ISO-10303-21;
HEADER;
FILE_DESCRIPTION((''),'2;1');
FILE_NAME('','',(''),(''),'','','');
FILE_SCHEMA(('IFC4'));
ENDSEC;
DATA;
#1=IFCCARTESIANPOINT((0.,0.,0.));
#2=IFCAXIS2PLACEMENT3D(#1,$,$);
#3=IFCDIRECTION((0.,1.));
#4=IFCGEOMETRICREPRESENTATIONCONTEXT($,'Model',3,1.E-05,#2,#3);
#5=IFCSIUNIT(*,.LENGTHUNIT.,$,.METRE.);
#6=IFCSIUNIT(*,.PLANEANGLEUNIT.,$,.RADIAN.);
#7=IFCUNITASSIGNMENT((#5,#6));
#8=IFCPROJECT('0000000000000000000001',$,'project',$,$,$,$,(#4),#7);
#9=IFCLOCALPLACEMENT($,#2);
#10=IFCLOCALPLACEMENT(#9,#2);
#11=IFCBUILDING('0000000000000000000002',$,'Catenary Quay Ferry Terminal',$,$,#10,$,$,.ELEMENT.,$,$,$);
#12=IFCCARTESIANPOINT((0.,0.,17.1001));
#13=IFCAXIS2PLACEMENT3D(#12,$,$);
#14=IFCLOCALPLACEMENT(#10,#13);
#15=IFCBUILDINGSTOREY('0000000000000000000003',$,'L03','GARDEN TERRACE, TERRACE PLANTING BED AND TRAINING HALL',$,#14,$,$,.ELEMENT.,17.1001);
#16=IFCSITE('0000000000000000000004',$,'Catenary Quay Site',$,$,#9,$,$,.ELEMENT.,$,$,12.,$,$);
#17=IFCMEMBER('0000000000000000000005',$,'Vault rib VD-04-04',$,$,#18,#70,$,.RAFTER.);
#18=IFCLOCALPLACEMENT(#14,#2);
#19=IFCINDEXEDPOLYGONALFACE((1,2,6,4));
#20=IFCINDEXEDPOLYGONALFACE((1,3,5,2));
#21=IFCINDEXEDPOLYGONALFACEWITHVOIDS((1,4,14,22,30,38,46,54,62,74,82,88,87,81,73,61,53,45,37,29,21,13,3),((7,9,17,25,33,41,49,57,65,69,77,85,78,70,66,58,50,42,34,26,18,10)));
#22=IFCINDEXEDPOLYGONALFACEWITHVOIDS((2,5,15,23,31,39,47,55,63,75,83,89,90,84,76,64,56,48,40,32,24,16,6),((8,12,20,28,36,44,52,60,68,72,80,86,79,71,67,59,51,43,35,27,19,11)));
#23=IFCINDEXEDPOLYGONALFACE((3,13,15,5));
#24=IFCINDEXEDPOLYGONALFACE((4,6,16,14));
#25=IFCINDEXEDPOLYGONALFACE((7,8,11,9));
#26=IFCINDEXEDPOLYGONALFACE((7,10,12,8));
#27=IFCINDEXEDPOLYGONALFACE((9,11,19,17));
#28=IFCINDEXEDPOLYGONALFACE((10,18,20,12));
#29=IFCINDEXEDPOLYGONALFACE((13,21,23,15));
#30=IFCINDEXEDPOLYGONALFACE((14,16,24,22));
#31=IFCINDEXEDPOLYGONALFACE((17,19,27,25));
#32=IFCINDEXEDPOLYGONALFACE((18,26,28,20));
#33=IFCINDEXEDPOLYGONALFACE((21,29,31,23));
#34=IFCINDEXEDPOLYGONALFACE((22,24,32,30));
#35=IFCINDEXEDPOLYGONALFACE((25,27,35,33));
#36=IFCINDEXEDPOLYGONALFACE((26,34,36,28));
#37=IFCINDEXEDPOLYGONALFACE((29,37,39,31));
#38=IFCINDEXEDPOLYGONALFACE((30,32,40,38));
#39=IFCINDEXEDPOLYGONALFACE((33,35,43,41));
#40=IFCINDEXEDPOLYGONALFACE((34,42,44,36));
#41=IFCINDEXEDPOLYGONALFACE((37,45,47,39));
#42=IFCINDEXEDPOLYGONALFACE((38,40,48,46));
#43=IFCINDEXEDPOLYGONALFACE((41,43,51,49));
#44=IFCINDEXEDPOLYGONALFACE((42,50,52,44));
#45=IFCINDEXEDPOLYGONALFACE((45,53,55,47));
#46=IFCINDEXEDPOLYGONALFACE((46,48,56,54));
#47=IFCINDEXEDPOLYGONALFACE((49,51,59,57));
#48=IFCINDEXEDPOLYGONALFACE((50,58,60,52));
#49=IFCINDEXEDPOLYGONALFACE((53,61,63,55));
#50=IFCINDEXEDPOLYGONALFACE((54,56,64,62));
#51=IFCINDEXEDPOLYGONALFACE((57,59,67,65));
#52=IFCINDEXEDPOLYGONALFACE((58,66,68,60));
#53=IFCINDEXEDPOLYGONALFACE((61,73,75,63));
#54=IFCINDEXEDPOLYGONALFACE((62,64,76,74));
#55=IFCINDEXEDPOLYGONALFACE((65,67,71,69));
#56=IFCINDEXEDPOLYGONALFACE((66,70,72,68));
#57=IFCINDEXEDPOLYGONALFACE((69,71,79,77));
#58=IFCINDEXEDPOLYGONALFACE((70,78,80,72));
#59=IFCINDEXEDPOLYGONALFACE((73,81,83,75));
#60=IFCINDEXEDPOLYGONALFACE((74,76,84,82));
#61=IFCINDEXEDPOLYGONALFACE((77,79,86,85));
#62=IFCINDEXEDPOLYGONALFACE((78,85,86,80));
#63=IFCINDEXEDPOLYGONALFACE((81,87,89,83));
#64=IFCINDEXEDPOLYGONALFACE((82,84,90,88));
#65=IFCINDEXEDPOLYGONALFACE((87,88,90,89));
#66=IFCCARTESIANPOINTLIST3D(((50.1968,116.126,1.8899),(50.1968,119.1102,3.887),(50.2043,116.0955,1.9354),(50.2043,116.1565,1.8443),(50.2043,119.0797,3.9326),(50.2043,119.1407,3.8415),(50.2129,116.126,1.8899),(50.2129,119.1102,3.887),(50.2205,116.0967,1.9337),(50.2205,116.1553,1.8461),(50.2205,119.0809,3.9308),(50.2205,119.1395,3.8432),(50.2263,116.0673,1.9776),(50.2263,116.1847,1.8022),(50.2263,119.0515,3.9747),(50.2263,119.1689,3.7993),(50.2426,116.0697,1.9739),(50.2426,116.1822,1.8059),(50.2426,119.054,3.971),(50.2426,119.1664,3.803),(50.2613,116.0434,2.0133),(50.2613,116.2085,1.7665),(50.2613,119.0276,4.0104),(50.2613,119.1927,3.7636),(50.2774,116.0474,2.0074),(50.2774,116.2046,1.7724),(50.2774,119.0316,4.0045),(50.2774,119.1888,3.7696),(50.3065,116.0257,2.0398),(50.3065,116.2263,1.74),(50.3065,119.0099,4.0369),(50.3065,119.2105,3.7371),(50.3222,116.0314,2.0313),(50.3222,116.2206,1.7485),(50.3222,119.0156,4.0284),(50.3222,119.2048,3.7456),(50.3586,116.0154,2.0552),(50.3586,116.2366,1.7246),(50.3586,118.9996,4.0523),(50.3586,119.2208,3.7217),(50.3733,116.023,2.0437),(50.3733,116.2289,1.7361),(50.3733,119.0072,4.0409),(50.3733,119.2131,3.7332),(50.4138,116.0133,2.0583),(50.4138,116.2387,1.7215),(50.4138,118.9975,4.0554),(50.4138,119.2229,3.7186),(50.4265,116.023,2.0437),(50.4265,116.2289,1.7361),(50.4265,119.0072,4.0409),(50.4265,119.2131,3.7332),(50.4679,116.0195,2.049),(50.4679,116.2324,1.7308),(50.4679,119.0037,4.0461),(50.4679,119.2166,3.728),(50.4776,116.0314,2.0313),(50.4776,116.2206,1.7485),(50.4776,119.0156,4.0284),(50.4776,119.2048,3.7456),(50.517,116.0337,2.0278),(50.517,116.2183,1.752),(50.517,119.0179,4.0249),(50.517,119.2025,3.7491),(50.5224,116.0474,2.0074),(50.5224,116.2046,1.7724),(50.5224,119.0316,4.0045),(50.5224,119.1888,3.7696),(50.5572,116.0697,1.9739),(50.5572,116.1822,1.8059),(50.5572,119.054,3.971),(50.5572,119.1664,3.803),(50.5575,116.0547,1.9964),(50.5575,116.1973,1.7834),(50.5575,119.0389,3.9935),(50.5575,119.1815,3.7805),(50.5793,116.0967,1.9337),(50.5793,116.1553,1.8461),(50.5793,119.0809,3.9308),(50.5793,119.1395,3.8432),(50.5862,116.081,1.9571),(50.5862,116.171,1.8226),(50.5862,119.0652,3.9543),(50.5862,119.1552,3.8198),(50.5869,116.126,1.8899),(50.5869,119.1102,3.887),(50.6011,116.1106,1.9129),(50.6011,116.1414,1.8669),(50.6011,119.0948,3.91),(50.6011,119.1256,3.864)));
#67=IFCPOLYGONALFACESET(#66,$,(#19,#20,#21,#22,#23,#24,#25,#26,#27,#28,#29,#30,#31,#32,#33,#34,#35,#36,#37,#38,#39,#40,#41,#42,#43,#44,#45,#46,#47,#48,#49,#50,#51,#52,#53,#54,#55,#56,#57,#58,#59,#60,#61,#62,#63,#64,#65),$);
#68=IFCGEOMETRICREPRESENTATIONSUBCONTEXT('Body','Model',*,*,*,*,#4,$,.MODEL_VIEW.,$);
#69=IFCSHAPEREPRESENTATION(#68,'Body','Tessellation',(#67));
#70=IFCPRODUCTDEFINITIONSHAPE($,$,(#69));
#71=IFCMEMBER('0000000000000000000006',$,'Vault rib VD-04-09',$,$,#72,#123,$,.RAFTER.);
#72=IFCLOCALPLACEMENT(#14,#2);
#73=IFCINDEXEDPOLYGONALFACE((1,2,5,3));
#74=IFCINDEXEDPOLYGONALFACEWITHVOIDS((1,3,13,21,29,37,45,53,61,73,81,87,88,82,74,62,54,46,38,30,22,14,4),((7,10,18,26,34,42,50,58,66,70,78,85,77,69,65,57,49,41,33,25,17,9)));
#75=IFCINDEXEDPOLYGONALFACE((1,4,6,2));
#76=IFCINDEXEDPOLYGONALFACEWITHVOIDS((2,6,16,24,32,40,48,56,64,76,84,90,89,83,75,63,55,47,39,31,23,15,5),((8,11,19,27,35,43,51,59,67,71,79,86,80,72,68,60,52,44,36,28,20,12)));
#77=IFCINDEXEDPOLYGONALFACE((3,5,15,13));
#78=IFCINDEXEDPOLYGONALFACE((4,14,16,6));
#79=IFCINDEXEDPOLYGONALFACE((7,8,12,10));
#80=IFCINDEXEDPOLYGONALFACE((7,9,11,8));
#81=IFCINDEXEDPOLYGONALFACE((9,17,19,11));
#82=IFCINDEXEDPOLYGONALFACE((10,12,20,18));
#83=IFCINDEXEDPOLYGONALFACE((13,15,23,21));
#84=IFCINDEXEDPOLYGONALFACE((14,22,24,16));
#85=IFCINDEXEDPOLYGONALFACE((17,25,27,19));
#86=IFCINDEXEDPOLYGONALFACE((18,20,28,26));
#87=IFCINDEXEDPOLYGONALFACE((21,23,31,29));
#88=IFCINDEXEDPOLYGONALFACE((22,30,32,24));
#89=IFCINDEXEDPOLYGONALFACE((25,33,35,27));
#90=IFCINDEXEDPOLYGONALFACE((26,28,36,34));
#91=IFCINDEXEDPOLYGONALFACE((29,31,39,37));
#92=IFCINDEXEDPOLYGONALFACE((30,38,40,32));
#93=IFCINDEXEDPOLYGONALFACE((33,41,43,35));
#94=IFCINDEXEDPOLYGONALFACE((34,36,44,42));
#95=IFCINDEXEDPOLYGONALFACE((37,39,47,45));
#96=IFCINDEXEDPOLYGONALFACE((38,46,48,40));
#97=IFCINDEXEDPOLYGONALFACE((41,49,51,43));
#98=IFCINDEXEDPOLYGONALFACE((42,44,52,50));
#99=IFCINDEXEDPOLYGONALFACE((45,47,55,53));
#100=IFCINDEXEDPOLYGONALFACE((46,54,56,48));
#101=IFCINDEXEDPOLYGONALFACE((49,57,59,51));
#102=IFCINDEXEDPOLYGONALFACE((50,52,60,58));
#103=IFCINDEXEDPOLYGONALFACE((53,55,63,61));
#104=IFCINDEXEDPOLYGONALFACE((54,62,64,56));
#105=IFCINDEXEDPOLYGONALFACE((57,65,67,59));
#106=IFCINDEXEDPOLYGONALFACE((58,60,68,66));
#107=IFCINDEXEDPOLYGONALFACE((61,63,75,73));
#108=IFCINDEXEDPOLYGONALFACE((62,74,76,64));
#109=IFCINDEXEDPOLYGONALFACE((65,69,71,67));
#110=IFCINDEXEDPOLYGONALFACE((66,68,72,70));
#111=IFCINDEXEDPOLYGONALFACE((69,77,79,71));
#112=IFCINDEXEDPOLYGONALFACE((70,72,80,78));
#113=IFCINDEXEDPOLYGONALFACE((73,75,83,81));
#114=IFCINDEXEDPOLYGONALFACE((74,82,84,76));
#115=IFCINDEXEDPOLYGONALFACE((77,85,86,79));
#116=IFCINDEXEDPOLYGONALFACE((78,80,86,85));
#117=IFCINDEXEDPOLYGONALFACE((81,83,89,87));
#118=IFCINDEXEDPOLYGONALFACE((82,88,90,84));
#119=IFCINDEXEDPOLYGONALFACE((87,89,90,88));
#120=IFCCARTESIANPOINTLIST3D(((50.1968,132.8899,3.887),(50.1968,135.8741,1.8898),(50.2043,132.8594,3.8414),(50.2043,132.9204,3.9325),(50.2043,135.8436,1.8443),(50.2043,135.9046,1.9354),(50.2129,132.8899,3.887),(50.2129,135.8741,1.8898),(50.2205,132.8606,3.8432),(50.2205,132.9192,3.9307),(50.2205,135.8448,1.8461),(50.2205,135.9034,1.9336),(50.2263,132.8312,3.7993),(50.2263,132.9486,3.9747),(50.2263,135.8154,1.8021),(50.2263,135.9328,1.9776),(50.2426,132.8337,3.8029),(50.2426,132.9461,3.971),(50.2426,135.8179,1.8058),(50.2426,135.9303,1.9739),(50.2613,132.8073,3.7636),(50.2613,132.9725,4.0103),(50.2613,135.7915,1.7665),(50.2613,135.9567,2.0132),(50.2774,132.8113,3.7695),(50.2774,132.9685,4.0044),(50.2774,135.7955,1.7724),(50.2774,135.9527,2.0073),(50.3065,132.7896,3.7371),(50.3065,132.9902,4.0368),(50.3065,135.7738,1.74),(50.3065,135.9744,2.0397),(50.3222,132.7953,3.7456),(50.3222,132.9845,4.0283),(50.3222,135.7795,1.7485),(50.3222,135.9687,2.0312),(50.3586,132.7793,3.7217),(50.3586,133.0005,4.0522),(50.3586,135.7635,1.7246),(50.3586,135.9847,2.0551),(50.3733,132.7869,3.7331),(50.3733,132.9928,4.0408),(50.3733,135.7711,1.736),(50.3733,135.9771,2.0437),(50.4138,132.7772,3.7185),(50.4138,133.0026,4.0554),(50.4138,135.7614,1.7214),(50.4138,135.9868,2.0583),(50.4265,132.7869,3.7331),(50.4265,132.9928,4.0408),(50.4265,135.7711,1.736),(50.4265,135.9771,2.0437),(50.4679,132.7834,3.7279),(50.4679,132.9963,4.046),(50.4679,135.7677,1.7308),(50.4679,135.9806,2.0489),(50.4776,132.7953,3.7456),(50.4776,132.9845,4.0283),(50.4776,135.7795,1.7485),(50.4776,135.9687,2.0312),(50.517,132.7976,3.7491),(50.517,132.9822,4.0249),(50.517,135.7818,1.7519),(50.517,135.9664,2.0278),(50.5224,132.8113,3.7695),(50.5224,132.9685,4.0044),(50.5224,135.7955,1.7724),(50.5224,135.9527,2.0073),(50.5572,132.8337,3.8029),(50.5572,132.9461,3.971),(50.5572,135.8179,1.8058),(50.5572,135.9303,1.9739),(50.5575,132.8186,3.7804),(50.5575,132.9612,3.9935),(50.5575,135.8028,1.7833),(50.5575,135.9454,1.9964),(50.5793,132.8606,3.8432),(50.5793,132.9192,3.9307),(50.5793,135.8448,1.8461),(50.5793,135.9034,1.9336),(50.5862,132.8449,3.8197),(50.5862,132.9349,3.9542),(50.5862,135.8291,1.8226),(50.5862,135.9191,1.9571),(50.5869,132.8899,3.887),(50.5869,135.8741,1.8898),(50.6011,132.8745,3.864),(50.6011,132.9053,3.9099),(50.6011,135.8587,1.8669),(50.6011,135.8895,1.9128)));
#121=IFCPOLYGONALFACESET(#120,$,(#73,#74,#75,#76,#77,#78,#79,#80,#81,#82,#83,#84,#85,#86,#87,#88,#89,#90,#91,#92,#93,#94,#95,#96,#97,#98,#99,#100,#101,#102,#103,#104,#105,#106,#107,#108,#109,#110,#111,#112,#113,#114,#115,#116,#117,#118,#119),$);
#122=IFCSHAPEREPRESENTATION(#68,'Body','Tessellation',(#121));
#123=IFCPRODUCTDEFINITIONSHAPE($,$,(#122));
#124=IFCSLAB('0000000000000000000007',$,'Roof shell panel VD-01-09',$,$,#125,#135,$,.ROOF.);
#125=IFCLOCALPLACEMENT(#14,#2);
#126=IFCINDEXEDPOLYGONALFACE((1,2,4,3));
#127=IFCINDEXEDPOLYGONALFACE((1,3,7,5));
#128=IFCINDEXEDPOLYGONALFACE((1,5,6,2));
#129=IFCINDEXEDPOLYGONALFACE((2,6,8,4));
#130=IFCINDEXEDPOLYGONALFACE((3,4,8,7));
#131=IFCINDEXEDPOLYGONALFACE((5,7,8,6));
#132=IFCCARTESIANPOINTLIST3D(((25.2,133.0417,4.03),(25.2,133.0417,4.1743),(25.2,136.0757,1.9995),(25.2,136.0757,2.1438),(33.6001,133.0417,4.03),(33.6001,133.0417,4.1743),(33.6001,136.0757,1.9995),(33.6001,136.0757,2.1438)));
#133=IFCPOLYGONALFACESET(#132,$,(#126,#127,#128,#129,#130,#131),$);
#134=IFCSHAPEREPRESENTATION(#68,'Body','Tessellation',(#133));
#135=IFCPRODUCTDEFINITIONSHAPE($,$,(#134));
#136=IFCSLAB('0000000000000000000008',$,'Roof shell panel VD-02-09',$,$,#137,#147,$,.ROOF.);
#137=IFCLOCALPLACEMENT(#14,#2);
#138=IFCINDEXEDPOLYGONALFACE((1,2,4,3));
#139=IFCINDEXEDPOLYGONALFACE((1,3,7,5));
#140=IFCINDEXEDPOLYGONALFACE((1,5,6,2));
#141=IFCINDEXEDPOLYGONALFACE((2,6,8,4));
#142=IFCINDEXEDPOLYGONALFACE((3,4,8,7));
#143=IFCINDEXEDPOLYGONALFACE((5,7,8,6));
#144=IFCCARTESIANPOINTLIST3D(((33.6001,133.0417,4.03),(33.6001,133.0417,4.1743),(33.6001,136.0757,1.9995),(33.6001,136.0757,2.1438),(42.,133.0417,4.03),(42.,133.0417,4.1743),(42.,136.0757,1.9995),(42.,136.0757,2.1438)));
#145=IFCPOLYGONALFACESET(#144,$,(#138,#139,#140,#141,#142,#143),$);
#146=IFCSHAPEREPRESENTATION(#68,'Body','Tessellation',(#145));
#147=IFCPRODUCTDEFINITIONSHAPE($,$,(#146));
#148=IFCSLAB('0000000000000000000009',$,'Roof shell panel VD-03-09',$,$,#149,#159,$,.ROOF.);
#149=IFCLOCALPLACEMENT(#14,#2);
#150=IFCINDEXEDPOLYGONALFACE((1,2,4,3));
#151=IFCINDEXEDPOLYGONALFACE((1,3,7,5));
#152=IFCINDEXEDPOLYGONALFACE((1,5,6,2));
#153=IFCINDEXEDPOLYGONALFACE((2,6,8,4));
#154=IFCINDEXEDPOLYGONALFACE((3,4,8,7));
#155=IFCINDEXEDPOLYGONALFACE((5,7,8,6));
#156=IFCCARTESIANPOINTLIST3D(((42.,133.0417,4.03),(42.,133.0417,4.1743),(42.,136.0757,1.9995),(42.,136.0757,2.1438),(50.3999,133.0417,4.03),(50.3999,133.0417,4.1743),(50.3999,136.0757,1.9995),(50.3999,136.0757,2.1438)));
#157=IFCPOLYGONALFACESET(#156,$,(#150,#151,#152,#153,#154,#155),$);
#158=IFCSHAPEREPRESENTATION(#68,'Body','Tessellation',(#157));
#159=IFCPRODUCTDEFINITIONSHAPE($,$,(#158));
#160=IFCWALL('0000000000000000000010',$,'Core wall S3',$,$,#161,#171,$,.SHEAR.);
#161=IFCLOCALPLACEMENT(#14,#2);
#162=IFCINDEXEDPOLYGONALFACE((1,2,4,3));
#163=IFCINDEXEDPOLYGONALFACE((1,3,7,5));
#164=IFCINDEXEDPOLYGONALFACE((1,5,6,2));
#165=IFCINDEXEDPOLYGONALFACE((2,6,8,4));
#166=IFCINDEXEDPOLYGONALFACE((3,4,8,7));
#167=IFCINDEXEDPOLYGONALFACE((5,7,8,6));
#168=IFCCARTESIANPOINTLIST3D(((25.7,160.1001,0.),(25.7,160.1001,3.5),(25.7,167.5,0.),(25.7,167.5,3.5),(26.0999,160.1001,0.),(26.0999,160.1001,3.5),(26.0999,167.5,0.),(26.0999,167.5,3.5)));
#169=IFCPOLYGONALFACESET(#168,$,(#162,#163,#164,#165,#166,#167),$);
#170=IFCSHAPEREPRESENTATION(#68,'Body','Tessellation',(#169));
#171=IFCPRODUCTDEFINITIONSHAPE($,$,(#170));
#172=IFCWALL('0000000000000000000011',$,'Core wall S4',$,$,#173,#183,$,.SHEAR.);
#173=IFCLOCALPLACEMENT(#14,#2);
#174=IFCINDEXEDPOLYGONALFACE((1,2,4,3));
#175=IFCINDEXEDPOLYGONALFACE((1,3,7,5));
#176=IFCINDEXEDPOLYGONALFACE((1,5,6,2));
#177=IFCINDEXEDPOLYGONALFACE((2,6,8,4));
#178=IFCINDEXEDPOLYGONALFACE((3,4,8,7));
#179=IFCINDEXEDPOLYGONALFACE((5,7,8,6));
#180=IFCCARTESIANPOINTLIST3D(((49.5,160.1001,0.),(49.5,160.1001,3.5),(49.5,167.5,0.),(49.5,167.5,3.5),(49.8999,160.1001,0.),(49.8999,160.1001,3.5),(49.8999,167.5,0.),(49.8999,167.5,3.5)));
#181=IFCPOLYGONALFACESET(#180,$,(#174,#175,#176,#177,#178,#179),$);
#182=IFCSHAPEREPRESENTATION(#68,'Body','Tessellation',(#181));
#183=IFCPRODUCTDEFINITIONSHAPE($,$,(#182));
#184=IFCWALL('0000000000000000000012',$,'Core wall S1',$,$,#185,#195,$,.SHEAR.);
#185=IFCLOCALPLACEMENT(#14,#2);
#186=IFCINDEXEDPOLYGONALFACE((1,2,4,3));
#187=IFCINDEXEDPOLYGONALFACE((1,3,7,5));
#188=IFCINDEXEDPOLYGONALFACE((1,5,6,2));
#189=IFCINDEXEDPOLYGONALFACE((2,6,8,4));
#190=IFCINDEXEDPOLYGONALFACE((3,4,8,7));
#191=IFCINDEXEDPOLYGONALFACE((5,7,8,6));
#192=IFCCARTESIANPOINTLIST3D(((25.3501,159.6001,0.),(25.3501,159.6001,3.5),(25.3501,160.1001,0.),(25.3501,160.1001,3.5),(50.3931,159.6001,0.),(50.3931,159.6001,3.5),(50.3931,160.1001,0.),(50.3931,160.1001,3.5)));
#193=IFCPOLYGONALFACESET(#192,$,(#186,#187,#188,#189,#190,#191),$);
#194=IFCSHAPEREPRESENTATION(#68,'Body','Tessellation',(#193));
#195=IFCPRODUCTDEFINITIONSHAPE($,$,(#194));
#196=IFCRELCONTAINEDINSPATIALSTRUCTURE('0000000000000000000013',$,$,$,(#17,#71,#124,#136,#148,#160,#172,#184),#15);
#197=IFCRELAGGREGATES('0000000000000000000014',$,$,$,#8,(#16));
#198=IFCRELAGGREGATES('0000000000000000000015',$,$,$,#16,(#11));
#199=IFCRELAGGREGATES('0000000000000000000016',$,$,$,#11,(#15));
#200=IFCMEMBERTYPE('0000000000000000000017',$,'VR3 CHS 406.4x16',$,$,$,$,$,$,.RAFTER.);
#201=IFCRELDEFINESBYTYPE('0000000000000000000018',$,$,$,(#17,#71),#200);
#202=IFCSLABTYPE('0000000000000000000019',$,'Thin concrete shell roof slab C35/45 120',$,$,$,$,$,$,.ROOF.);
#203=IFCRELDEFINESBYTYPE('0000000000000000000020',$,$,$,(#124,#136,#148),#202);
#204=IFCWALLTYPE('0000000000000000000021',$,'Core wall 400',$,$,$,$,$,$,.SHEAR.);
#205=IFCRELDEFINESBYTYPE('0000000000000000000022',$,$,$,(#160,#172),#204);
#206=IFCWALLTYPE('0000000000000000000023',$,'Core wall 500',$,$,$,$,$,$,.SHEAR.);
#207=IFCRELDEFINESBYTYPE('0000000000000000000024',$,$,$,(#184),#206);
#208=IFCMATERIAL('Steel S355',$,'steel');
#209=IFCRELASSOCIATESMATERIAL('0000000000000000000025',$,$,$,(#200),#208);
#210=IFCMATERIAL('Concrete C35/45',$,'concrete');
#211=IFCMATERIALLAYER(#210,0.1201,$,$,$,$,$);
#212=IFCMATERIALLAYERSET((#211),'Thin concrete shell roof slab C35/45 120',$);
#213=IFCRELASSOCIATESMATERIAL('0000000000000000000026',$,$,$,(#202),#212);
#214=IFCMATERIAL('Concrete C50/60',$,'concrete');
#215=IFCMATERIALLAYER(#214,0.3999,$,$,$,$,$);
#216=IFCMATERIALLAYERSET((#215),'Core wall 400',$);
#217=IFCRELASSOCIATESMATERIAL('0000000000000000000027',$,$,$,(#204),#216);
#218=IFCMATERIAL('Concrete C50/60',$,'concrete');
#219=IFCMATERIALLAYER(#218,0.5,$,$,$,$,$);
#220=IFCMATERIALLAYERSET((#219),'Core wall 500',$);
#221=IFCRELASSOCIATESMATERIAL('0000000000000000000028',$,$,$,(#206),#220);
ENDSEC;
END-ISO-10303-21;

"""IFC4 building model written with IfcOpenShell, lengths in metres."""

from ifc_helpers import new_model, si_unit, direction, frame, frame_2d, origin, origin_2d, place, context, subcontext, project, spatial, polyline, rectangle, hollow_circle, outline, extrude, material, layer, layer_set, material_profile, profile_set, type_object, element, save


model = new_model("IFC4")

# Units and contexts
model_context = context("Model", 3, precision=1e-05, world=origin(), true_north=direction((0.0, 1.0)))
body_context = subcontext(model_context, "Body", "Model", "MODEL_VIEW")
ifc_project = project(units=[si_unit("LENGTHUNIT", "METRE"), si_unit("PLANEANGLEUNIT", "RADIAN")], contexts=[model_context])

# Site, building, storey
site_placement = place(None, origin())
site = spatial("IfcSite", under=ifc_project, at=site_placement, Name="Catenary Quay Site", CompositionType="ELEMENT", RefElevation=12.0)
building_placement = place(site_placement, origin())
building = spatial("IfcBuilding", under=site, at=building_placement, Name="Catenary Quay Ferry Terminal", CompositionType="ELEMENT")
storey_placement = place(building_placement, frame((0.0, 0.0, 17.1001)))
storey = spatial("IfcBuildingStorey", under=building, at=storey_placement, Name="L03", Description="GARDEN TERRACE, TERRACE PLANTING BED AND TRAINING HALL", CompositionType="ELEMENT", Elevation=17.1001)

# Members
ifc_material_1 = material(Name="Steel S355", Category="steel")
ifc_material_profile_1 = material_profile(ifc_material_1, hollow_circle(Radius=0.2031, WallThickness=0.0161, at=origin_2d()), Name="CHS 406.4x16")
ifc_profile_set_1 = profile_set([ifc_material_profile_1], Name="Steel S355")
member_type_1 = type_object("IfcMemberType", Name="VR3 CHS 406.4x16", PredefinedType="RAFTER", material=ifc_profile_set_1)
for number, where, z_axis, x_axis, name in (
    (1, (50.3999, 116.126, 1.8899), (0.0, 0.831066, 0.556174), (-1.0, 0.0, 0.0), "Vault rib VD-04-04"),
    (2, (50.3999, 132.8899, 3.887), (0.0, 0.831066, -0.556174), (-1.0, 0.0, 0.0), "Vault rib VD-04-09"),
):
    element("IfcMember", number, at=place(storey_placement, frame(where, z_axis=z_axis, x_axis=x_axis)), inside=storey, type_object=member_type_1, Name=name, PredefinedType="RAFTER", context=body_context, shape_type="SweptSolid", body=[
        extrude(hollow_circle(Radius=0.2031, WallThickness=0.0161, at=origin_2d()), origin(), (0.0, 0.0, 1.0), 3.5908),
    ])

# Slabs
ifc_material_2 = material(Name="Concrete C35/45", Category="concrete")
ifc_layer_1 = layer(ifc_material_2, 0.1201)
ifc_layer_set_1 = layer_set([ifc_layer_1], Name="Thin concrete shell roof slab C35/45 120")
slab_type = type_object("IfcSlabType", Name="Thin concrete shell roof slab C35/45 120", PredefinedType="ROOF", material=ifc_layer_set_1)
slab_placement = place(storey_placement, frame((25.2, 133.0417, 4.1743), z_axis=(0.0, 0.556196, 0.831051), x_axis=(1.0, 0.0, 0.0)))
element("IfcSlab", 3, at=slab_placement, inside=storey, type_object=slab_type, Name="Roof shell panel VD-01-09", PredefinedType="ROOF", context=body_context, shape_type="SweptSolid", body=[
    extrude(outline(polyline([(0.0, 0.0), (8.4001, 0.0), (8.4001, 3.6507), (0.0, 3.6507), (0.0, 0.0)])), origin(), (0.0, 0.556196, -0.831051), 0.1443),
])
for number, where, z_axis, x_axis, name in (
    (4, (33.6001, 133.0417, 4.1743), (0.0, 0.556196, 0.831051), (1.0, 0.0, 0.0), "Roof shell panel VD-02-09"),
    (5, (42.0, 133.0417, 4.1743), (0.0, 0.556196, 0.831051), (1.0, 0.0, 0.0), "Roof shell panel VD-03-09"),
):
    element("IfcSlab", number, at=place(storey_placement, frame(where, z_axis=z_axis, x_axis=x_axis)), inside=storey, type_object=slab_type, Name=name, PredefinedType="ROOF", context=body_context, shape_type="SweptSolid", body=[
        extrude(outline(polyline([(0.0, 0.0), (8.3999, 0.0), (8.3999, 3.6507), (0.0, 3.6507), (0.0, 0.0)])), origin(), (0.0, 0.556196, -0.831051), 0.1443),
    ])

# Walls
ifc_material_3 = material(Name="Concrete C50/60", Category="concrete")
ifc_layer_2 = layer(ifc_material_3, 0.3999)
ifc_layer_set_2 = layer_set([ifc_layer_2], Name="Core wall 400")
wall_type_1 = type_object("IfcWallType", Name="Core wall 400", PredefinedType="SHEAR", material=ifc_layer_set_2)
for number, where, z_axis, x_axis, name in (
    (6, (25.8999, 160.1001, 0.0), (0.0, 0.0, 1.0), (0.0, 1.0, 0.0), "Core wall S3"),
    (7, (49.7, 160.1001, 0.0), (0.0, 0.0, 1.0), (0.0, 1.0, 0.0), "Core wall S4"),
):
    element("IfcWall", number, at=place(storey_placement, frame(where, z_axis=z_axis, x_axis=x_axis)), inside=storey, type_object=wall_type_1, Name=name, PredefinedType="SHEAR", context=body_context, shape_type="SweptSolid", body=[
        extrude(rectangle(XDim=7.3999, YDim=0.3999, at=frame_2d((3.7, 0.0))), origin(), (0.0, 0.0, 1.0), 3.5),
    ])
ifc_material_4 = material(Name="Concrete C50/60", Category="concrete")
ifc_layer_3 = layer(ifc_material_4, 0.5)
ifc_layer_set_3 = layer_set([ifc_layer_3], Name="Core wall 500")
wall_type_2 = type_object("IfcWallType", Name="Core wall 500", PredefinedType="SHEAR", material=ifc_layer_set_3)
wall_placement = place(storey_placement, frame((25.3501, 159.8501, 0.0), z_axis=(0.0, 0.0, 1.0), x_axis=(1.0, 0.0, 0.0)))
element("IfcWall", 8, at=wall_placement, inside=storey, type_object=wall_type_2, Name="Core wall S1", PredefinedType="SHEAR", context=body_context, shape_type="SweptSolid", body=[
    extrude(rectangle(XDim=25.043, YDim=0.5, at=frame_2d((12.5215, 0.0))), origin(), (0.0, 0.0, 1.0), 3.5),
])

save(model, "model.ifc")
